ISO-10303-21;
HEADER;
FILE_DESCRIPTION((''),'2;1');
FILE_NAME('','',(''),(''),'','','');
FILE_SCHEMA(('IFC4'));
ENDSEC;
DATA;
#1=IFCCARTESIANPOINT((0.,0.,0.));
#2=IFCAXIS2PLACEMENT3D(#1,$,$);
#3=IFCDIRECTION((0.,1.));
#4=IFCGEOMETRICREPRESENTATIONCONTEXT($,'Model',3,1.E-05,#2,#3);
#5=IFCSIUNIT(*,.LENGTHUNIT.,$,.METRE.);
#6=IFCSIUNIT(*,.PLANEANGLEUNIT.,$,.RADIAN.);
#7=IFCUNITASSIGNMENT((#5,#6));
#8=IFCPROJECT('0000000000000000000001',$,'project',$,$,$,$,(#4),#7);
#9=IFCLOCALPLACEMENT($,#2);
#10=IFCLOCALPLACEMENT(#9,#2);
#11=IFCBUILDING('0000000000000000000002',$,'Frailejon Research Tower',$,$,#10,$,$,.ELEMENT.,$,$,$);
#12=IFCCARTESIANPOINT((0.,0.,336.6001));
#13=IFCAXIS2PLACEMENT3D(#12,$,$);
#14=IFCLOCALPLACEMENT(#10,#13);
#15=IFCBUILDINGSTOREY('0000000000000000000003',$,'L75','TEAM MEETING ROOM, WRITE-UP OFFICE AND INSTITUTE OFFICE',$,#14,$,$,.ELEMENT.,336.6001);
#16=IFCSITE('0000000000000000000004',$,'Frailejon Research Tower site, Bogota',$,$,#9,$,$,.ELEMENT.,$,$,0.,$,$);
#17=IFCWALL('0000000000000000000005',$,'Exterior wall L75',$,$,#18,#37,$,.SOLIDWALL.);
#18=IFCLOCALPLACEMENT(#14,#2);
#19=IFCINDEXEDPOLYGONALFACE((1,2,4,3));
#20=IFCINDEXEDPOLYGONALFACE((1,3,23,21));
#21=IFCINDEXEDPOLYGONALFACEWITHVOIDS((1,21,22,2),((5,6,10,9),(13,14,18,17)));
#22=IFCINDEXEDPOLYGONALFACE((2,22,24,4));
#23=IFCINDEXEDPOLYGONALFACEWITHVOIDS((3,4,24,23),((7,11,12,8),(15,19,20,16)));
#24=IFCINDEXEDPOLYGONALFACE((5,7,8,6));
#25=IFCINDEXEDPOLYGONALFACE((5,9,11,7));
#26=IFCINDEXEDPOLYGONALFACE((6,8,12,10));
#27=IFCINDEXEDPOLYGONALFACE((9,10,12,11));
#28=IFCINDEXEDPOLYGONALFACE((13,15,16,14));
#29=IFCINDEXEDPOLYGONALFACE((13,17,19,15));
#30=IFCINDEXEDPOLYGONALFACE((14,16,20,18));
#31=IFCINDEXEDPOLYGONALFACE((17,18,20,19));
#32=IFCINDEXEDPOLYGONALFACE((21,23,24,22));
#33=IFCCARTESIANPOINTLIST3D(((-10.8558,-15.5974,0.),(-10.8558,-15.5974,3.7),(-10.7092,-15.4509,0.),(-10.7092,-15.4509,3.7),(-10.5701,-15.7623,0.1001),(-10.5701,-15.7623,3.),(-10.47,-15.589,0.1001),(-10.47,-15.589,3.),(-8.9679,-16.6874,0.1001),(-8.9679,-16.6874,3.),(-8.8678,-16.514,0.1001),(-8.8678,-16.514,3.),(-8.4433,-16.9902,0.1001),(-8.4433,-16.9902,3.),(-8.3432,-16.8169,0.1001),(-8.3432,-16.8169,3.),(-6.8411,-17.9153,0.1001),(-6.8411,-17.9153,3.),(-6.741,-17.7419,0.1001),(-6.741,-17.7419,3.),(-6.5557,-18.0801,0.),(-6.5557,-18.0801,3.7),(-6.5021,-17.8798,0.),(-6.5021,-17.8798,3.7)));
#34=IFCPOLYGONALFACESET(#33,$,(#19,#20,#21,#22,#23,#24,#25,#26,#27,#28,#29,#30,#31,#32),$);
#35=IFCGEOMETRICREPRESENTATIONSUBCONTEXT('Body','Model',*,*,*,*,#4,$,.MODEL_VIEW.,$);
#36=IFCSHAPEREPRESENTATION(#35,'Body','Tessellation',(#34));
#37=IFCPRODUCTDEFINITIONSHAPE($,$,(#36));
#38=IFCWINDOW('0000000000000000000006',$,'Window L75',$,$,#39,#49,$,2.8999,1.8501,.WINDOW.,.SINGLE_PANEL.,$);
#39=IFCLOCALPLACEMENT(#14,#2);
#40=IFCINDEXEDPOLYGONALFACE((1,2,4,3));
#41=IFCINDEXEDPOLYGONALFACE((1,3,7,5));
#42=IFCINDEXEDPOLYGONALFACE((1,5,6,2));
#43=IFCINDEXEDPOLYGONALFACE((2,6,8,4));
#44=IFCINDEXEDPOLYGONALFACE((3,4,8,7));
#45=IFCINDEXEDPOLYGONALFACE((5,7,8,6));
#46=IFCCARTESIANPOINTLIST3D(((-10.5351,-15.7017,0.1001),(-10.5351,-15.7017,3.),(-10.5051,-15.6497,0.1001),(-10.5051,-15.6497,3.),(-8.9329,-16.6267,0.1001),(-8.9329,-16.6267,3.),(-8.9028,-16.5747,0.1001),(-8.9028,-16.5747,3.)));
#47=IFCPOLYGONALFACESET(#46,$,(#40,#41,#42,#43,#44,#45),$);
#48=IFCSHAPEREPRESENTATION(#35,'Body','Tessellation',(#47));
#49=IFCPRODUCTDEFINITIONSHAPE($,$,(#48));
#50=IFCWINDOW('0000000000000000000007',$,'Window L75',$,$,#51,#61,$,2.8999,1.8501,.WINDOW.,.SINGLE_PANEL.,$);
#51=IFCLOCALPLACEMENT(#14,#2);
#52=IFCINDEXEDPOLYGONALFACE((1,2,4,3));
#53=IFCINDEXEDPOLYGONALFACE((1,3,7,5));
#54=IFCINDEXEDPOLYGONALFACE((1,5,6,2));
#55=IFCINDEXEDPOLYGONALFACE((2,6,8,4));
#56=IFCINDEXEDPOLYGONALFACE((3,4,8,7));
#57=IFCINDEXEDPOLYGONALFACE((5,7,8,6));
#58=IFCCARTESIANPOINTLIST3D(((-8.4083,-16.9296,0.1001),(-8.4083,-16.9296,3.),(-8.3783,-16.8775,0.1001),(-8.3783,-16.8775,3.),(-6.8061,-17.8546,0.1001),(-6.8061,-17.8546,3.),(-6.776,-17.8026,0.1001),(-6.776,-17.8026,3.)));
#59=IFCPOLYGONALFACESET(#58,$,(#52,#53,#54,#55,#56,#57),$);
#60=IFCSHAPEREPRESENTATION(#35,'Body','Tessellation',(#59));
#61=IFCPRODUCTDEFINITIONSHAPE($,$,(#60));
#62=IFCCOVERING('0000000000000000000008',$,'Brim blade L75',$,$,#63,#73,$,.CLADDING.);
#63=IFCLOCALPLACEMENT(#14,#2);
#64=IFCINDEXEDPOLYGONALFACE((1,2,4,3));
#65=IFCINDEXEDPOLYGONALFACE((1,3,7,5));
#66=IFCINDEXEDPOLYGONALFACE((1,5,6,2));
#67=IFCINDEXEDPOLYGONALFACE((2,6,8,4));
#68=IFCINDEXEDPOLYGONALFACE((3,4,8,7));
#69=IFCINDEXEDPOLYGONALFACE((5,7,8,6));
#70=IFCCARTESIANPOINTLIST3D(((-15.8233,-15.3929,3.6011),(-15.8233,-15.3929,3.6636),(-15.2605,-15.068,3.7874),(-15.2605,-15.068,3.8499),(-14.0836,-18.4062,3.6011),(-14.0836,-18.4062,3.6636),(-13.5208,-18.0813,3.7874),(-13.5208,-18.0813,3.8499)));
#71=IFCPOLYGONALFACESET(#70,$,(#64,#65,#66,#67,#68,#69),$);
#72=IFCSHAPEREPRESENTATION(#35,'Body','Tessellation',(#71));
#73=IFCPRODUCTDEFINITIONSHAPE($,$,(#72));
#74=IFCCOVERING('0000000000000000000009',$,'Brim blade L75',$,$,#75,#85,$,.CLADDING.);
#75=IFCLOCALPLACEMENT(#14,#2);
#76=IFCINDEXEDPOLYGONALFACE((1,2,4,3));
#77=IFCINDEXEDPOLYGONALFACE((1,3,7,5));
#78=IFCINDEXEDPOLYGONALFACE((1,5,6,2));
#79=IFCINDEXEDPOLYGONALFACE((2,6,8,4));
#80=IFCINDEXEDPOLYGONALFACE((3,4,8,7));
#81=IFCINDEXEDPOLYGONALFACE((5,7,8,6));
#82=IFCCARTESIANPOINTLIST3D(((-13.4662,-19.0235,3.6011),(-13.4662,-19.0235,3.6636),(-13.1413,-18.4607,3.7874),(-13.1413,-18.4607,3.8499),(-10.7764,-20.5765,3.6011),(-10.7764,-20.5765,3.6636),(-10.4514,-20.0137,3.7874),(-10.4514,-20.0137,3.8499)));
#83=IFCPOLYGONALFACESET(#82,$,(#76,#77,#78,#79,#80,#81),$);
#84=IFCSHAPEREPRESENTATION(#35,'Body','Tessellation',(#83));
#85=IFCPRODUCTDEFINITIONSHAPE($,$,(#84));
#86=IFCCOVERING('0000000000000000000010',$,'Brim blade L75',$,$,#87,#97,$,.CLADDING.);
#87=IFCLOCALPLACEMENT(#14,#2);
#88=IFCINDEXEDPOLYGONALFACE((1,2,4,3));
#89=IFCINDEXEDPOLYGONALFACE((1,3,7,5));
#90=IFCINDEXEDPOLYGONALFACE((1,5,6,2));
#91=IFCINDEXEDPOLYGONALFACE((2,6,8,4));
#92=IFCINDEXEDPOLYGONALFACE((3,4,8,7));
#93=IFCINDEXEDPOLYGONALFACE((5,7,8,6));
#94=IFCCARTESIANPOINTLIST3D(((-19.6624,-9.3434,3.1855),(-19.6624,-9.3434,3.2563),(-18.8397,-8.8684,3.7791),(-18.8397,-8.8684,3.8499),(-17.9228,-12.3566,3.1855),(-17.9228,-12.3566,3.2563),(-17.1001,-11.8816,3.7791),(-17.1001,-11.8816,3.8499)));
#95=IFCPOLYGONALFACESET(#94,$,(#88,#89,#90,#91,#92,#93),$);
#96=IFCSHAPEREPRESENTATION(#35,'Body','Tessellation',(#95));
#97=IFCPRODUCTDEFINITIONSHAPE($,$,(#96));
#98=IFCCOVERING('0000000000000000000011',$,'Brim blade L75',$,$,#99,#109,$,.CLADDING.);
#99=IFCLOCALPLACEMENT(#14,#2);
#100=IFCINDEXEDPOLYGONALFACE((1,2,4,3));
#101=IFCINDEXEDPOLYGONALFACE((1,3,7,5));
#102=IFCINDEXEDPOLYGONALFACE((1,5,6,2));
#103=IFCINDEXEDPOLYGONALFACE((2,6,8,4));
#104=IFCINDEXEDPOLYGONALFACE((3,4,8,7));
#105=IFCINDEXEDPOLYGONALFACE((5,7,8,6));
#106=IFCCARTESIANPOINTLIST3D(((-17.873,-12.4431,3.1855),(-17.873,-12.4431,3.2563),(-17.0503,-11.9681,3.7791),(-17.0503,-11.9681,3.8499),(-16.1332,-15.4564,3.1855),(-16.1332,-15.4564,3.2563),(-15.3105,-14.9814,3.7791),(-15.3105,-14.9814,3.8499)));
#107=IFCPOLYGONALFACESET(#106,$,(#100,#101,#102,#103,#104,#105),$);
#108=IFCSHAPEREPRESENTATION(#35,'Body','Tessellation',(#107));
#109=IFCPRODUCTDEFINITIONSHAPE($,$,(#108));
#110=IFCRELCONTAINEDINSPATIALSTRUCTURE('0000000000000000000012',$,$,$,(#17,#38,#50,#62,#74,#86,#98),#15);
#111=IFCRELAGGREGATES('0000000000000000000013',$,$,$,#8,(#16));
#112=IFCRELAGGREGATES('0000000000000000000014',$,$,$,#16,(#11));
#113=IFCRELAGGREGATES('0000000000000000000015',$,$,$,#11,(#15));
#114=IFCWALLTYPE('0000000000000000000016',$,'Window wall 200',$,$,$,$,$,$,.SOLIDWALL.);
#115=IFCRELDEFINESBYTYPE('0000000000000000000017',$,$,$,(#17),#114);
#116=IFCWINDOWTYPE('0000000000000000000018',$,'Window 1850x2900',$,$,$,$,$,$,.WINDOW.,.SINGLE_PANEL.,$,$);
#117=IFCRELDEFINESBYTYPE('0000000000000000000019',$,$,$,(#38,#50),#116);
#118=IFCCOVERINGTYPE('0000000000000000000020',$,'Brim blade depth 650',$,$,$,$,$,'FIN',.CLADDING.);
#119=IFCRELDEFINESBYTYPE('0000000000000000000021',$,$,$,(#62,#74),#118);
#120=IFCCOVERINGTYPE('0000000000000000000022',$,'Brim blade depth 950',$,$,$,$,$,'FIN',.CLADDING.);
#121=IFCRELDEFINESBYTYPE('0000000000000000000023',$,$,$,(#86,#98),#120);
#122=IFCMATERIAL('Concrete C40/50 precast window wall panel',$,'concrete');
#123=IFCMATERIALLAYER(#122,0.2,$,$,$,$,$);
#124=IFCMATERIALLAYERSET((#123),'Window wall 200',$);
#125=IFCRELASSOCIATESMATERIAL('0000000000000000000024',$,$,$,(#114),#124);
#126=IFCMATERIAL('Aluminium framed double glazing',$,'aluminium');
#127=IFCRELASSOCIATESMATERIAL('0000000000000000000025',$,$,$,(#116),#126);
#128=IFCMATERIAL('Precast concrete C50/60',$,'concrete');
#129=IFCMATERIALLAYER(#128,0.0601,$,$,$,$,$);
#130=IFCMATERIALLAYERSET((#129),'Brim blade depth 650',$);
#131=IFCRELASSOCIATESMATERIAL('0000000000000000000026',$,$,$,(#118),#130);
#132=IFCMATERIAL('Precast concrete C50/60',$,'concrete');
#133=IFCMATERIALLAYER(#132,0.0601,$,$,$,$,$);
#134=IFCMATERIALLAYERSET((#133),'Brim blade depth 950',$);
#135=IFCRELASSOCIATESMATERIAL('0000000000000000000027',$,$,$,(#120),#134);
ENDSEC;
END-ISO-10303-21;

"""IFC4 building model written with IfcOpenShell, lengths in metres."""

from ifc_helpers import new_model, si_unit, direction, frame, frame_2d, origin, place, context, subcontext, project, spatial, polyline, rectangle, outline, extrude, material, layer, layer_set, type_object, element, fill, save


model = new_model("IFC4")

# Units and contexts
model_context = context("Model", 3, precision=1e-05, world=origin(), true_north=direction((0.0, 1.0)))
body_context = subcontext(model_context, "Body", "Model", "MODEL_VIEW")
ifc_project = project(units=[si_unit("LENGTHUNIT", "METRE"), si_unit("PLANEANGLEUNIT", "RADIAN")], contexts=[model_context])

# Site, building, storey
site_placement = place(None, origin())
site = spatial("IfcSite", under=ifc_project, at=site_placement, Name="Frailejon Research Tower site, Bogota", CompositionType="ELEMENT", RefElevation=0.0)
building_placement = place(site_placement, origin())
building = spatial("IfcBuilding", under=site, at=building_placement, Name="Frailejon Research Tower", CompositionType="ELEMENT")
storey_placement = place(building_placement, frame((0.0, 0.0, 336.6001)))
storey = spatial("IfcBuildingStorey", under=building, at=storey_placement, Name="L75", Description="TEAM MEETING ROOM, WRITE-UP OFFICE AND INSTITUTE OFFICE", CompositionType="ELEMENT", Elevation=336.6001)

# Wall, openings, windows
ifc_material_1 = material(Name="Concrete C40/50 precast window wall panel", Category="concrete")
ifc_layer_1 = layer(ifc_material_1, 0.2)
ifc_layer_set_1 = layer_set([ifc_layer_1], Name="Window wall 200")
wall_type = type_object("IfcWallType", Name="Window wall 200", PredefinedType="SOLIDWALL", material=ifc_layer_set_1)
wall_placement = place(storey_placement, frame((-10.7825, -15.5242, 0.0), z_axis=(0.0, 0.0, 1.0), x_axis=(0.866029, -0.499994, 0.0)))
wall = element("IfcWall", 1, at=wall_placement, inside=storey, type_object=wall_type, Name="Exterior wall L75", PredefinedType="SOLIDWALL", context=body_context, shape_type="SweptSolid", body=[
    extrude(outline(polyline([(-0.0269, -0.1001), (1.2144, -0.1001), (2.4558, -0.1001), (3.6973, -0.1001), (4.9385, -0.1001), (4.8848, 0.1001), (3.6704, 0.1001), (2.4558, 0.1001), (1.2412, 0.1001), (0.0269, 0.1001), (-0.0269, -0.1001)])), origin(), (0.0, 0.0, 1.0), 3.7),
])
opening_1_placement = place(wall_placement, frame((0.303, 0.0, 0.1001)))
opening_1 = element("IfcOpeningElement", 2, at=opening_1_placement, cuts=wall, PredefinedType="OPENING", context=body_context, shape_type="SweptSolid", body=[
    extrude(rectangle(XDim=1.8501, YDim=2.8999, at=frame_2d((0.925, 1.45))), frame((0.0, 0.1099, 0.0), z_axis=(0.0, -1.0, 0.0), x_axis=(1.0, 0.0, 0.0)), (0.0, 0.0, 1.0), 0.22),
])
opening_2_placement = place(wall_placement, frame((2.7588, 0.0, 0.1001)))
opening_2 = element("IfcOpeningElement", 3, at=opening_2_placement, cuts=wall, PredefinedType="OPENING", context=body_context, shape_type="SweptSolid", body=[
    extrude(rectangle(XDim=1.8501, YDim=2.8999, at=frame_2d((0.925, 1.45))), frame((0.0, 0.1099, 0.0), z_axis=(0.0, -1.0, 0.0), x_axis=(1.0, 0.0, 0.0)), (0.0, 0.0, 1.0), 0.22),
])
ifc_material_2 = material(Name="Aluminium framed double glazing", Category="aluminium")
window_type = type_object("IfcWindowType", Name="Window 1850x2900", PartitioningType="SINGLE_PANEL", PredefinedType="WINDOW", material=ifc_material_2)
window_1_placement = place(opening_1_placement, origin())
window_1 = element("IfcWindow", 4, at=window_1_placement, inside=storey, type_object=window_type, Name="Window L75", OverallHeight=2.8999, OverallWidth=1.8501, PartitioningType="SINGLE_PANEL", PredefinedType="WINDOW", context=body_context, shape_type="SweptSolid", body=[
    extrude(rectangle(XDim=1.8501, YDim=2.8999, at=frame_2d((0.925, 1.45))), frame((0.0, 0.03, 0.0), z_axis=(0.0, -1.0, 0.0), x_axis=(1.0, 0.0, 0.0)), (0.0, 0.0, 1.0), 0.0601),
])
fill(opening_1, window_1)
window_2_placement = place(opening_2_placement, origin())
window_2 = element("IfcWindow", 5, at=window_2_placement, inside=storey, type_object=window_type, Name="Window L75", OverallHeight=2.8999, OverallWidth=1.8501, PartitioningType="SINGLE_PANEL", PredefinedType="WINDOW", context=body_context, shape_type="SweptSolid", body=[
    extrude(rectangle(XDim=1.8501, YDim=2.8999, at=frame_2d((0.925, 1.45))), frame((0.0, 0.03, 0.0), z_axis=(0.0, -1.0, 0.0), x_axis=(1.0, 0.0, 0.0)), (0.0, 0.0, 1.0), 0.0601),
])
fill(opening_2, window_2)

# Coverings
ifc_material_3 = material(Name="Precast concrete C50/60", Category="concrete")
ifc_layer_2 = layer(ifc_material_3, 0.0601)
ifc_layer_set_2 = layer_set([ifc_layer_2], Name="Brim blade depth 650")
covering_type_1 = type_object("IfcCoveringType", Name="Brim blade depth 650", ElementType="FIN", PredefinedType="CLADDING", material=ifc_layer_set_2)
covering_1_placement = place(storey_placement, frame((-13.5208, -18.0813, 3.8499), z_axis=(-0.499994, 0.866029, 0.0), x_axis=(-0.866029, -0.499994, 0.0)))
element("IfcCovering", 6, at=covering_1_placement, inside=storey, type_object=covering_type_1, Name="Brim blade L75", PredefinedType="CLADDING", context=body_context, shape_type="SweptSolid", body=[
    extrude(outline(polyline([(0.0, -0.0625), (0.6499, -0.2488), (0.6499, -0.1863), (0.0, 0.0), (0.0, -0.0625)])), origin(), (0.0, 0.0, 1.0), 3.4795),
])
covering_2_placement = place(storey_placement, frame((-10.4514, -20.0137, 3.8499), z_axis=(-0.866027, 0.499997, 0.0), x_axis=(-0.499997, -0.866027, 0.0)))
element("IfcCovering", 7, at=covering_2_placement, inside=storey, type_object=covering_type_1, Name="Brim blade L75", PredefinedType="CLADDING", context=body_context, shape_type="SweptSolid", body=[
    extrude(outline(polyline([(0.0, -0.0625), (0.6499, -0.2488), (0.6499, -0.1863), (0.0, 0.0), (0.0, -0.0625)])), origin(), (0.0, 0.0, 1.0), 3.106),
])
ifc_material_4 = material(Name="Precast concrete C50/60", Category="concrete")
ifc_layer_3 = layer(ifc_material_4, 0.0601)
ifc_layer_set_3 = layer_set([ifc_layer_3], Name="Brim blade depth 950")
covering_type_2 = type_object("IfcCoveringType", Name="Brim blade depth 950", ElementType="FIN", PredefinedType="CLADDING", material=ifc_layer_set_3)
covering_3_placement = place(storey_placement, frame((-17.1001, -11.8816, 3.8499), z_axis=(-0.499985, 0.866034, 0.0), x_axis=(-0.866034, -0.499985, 0.0)))
element("IfcCovering", 8, at=covering_3_placement, inside=storey, type_object=covering_type_2, Name="Brim blade L75", PredefinedType="CLADDING", context=body_context, shape_type="SweptSolid", body=[
    extrude(outline(polyline([(0.0, -0.0708), (0.95, -0.6643), (0.95, -0.5935), (0.0, 0.0), (0.0, -0.0708)])), origin(), (0.0, 0.0, 1.0), 3.4792),
])
covering_4_placement = place(storey_placement, frame((-15.3105, -14.9814, 3.8499), z_axis=(-0.500006, 0.866022, 0.0), x_axis=(-0.866022, -0.500006, 0.0)))
element("IfcCovering", 9, at=covering_4_placement, inside=storey, type_object=covering_type_2, Name="Brim blade L75", PredefinedType="CLADDING", context=body_context, shape_type="SweptSolid", body=[
    extrude(outline(polyline([(0.0, -0.0708), (0.95, -0.6643), (0.95, -0.5935), (0.0, 0.0), (0.0, -0.0708)])), origin(), (0.0, 0.0, 1.0), 3.4795),
])

save(model, "model.ifc")
